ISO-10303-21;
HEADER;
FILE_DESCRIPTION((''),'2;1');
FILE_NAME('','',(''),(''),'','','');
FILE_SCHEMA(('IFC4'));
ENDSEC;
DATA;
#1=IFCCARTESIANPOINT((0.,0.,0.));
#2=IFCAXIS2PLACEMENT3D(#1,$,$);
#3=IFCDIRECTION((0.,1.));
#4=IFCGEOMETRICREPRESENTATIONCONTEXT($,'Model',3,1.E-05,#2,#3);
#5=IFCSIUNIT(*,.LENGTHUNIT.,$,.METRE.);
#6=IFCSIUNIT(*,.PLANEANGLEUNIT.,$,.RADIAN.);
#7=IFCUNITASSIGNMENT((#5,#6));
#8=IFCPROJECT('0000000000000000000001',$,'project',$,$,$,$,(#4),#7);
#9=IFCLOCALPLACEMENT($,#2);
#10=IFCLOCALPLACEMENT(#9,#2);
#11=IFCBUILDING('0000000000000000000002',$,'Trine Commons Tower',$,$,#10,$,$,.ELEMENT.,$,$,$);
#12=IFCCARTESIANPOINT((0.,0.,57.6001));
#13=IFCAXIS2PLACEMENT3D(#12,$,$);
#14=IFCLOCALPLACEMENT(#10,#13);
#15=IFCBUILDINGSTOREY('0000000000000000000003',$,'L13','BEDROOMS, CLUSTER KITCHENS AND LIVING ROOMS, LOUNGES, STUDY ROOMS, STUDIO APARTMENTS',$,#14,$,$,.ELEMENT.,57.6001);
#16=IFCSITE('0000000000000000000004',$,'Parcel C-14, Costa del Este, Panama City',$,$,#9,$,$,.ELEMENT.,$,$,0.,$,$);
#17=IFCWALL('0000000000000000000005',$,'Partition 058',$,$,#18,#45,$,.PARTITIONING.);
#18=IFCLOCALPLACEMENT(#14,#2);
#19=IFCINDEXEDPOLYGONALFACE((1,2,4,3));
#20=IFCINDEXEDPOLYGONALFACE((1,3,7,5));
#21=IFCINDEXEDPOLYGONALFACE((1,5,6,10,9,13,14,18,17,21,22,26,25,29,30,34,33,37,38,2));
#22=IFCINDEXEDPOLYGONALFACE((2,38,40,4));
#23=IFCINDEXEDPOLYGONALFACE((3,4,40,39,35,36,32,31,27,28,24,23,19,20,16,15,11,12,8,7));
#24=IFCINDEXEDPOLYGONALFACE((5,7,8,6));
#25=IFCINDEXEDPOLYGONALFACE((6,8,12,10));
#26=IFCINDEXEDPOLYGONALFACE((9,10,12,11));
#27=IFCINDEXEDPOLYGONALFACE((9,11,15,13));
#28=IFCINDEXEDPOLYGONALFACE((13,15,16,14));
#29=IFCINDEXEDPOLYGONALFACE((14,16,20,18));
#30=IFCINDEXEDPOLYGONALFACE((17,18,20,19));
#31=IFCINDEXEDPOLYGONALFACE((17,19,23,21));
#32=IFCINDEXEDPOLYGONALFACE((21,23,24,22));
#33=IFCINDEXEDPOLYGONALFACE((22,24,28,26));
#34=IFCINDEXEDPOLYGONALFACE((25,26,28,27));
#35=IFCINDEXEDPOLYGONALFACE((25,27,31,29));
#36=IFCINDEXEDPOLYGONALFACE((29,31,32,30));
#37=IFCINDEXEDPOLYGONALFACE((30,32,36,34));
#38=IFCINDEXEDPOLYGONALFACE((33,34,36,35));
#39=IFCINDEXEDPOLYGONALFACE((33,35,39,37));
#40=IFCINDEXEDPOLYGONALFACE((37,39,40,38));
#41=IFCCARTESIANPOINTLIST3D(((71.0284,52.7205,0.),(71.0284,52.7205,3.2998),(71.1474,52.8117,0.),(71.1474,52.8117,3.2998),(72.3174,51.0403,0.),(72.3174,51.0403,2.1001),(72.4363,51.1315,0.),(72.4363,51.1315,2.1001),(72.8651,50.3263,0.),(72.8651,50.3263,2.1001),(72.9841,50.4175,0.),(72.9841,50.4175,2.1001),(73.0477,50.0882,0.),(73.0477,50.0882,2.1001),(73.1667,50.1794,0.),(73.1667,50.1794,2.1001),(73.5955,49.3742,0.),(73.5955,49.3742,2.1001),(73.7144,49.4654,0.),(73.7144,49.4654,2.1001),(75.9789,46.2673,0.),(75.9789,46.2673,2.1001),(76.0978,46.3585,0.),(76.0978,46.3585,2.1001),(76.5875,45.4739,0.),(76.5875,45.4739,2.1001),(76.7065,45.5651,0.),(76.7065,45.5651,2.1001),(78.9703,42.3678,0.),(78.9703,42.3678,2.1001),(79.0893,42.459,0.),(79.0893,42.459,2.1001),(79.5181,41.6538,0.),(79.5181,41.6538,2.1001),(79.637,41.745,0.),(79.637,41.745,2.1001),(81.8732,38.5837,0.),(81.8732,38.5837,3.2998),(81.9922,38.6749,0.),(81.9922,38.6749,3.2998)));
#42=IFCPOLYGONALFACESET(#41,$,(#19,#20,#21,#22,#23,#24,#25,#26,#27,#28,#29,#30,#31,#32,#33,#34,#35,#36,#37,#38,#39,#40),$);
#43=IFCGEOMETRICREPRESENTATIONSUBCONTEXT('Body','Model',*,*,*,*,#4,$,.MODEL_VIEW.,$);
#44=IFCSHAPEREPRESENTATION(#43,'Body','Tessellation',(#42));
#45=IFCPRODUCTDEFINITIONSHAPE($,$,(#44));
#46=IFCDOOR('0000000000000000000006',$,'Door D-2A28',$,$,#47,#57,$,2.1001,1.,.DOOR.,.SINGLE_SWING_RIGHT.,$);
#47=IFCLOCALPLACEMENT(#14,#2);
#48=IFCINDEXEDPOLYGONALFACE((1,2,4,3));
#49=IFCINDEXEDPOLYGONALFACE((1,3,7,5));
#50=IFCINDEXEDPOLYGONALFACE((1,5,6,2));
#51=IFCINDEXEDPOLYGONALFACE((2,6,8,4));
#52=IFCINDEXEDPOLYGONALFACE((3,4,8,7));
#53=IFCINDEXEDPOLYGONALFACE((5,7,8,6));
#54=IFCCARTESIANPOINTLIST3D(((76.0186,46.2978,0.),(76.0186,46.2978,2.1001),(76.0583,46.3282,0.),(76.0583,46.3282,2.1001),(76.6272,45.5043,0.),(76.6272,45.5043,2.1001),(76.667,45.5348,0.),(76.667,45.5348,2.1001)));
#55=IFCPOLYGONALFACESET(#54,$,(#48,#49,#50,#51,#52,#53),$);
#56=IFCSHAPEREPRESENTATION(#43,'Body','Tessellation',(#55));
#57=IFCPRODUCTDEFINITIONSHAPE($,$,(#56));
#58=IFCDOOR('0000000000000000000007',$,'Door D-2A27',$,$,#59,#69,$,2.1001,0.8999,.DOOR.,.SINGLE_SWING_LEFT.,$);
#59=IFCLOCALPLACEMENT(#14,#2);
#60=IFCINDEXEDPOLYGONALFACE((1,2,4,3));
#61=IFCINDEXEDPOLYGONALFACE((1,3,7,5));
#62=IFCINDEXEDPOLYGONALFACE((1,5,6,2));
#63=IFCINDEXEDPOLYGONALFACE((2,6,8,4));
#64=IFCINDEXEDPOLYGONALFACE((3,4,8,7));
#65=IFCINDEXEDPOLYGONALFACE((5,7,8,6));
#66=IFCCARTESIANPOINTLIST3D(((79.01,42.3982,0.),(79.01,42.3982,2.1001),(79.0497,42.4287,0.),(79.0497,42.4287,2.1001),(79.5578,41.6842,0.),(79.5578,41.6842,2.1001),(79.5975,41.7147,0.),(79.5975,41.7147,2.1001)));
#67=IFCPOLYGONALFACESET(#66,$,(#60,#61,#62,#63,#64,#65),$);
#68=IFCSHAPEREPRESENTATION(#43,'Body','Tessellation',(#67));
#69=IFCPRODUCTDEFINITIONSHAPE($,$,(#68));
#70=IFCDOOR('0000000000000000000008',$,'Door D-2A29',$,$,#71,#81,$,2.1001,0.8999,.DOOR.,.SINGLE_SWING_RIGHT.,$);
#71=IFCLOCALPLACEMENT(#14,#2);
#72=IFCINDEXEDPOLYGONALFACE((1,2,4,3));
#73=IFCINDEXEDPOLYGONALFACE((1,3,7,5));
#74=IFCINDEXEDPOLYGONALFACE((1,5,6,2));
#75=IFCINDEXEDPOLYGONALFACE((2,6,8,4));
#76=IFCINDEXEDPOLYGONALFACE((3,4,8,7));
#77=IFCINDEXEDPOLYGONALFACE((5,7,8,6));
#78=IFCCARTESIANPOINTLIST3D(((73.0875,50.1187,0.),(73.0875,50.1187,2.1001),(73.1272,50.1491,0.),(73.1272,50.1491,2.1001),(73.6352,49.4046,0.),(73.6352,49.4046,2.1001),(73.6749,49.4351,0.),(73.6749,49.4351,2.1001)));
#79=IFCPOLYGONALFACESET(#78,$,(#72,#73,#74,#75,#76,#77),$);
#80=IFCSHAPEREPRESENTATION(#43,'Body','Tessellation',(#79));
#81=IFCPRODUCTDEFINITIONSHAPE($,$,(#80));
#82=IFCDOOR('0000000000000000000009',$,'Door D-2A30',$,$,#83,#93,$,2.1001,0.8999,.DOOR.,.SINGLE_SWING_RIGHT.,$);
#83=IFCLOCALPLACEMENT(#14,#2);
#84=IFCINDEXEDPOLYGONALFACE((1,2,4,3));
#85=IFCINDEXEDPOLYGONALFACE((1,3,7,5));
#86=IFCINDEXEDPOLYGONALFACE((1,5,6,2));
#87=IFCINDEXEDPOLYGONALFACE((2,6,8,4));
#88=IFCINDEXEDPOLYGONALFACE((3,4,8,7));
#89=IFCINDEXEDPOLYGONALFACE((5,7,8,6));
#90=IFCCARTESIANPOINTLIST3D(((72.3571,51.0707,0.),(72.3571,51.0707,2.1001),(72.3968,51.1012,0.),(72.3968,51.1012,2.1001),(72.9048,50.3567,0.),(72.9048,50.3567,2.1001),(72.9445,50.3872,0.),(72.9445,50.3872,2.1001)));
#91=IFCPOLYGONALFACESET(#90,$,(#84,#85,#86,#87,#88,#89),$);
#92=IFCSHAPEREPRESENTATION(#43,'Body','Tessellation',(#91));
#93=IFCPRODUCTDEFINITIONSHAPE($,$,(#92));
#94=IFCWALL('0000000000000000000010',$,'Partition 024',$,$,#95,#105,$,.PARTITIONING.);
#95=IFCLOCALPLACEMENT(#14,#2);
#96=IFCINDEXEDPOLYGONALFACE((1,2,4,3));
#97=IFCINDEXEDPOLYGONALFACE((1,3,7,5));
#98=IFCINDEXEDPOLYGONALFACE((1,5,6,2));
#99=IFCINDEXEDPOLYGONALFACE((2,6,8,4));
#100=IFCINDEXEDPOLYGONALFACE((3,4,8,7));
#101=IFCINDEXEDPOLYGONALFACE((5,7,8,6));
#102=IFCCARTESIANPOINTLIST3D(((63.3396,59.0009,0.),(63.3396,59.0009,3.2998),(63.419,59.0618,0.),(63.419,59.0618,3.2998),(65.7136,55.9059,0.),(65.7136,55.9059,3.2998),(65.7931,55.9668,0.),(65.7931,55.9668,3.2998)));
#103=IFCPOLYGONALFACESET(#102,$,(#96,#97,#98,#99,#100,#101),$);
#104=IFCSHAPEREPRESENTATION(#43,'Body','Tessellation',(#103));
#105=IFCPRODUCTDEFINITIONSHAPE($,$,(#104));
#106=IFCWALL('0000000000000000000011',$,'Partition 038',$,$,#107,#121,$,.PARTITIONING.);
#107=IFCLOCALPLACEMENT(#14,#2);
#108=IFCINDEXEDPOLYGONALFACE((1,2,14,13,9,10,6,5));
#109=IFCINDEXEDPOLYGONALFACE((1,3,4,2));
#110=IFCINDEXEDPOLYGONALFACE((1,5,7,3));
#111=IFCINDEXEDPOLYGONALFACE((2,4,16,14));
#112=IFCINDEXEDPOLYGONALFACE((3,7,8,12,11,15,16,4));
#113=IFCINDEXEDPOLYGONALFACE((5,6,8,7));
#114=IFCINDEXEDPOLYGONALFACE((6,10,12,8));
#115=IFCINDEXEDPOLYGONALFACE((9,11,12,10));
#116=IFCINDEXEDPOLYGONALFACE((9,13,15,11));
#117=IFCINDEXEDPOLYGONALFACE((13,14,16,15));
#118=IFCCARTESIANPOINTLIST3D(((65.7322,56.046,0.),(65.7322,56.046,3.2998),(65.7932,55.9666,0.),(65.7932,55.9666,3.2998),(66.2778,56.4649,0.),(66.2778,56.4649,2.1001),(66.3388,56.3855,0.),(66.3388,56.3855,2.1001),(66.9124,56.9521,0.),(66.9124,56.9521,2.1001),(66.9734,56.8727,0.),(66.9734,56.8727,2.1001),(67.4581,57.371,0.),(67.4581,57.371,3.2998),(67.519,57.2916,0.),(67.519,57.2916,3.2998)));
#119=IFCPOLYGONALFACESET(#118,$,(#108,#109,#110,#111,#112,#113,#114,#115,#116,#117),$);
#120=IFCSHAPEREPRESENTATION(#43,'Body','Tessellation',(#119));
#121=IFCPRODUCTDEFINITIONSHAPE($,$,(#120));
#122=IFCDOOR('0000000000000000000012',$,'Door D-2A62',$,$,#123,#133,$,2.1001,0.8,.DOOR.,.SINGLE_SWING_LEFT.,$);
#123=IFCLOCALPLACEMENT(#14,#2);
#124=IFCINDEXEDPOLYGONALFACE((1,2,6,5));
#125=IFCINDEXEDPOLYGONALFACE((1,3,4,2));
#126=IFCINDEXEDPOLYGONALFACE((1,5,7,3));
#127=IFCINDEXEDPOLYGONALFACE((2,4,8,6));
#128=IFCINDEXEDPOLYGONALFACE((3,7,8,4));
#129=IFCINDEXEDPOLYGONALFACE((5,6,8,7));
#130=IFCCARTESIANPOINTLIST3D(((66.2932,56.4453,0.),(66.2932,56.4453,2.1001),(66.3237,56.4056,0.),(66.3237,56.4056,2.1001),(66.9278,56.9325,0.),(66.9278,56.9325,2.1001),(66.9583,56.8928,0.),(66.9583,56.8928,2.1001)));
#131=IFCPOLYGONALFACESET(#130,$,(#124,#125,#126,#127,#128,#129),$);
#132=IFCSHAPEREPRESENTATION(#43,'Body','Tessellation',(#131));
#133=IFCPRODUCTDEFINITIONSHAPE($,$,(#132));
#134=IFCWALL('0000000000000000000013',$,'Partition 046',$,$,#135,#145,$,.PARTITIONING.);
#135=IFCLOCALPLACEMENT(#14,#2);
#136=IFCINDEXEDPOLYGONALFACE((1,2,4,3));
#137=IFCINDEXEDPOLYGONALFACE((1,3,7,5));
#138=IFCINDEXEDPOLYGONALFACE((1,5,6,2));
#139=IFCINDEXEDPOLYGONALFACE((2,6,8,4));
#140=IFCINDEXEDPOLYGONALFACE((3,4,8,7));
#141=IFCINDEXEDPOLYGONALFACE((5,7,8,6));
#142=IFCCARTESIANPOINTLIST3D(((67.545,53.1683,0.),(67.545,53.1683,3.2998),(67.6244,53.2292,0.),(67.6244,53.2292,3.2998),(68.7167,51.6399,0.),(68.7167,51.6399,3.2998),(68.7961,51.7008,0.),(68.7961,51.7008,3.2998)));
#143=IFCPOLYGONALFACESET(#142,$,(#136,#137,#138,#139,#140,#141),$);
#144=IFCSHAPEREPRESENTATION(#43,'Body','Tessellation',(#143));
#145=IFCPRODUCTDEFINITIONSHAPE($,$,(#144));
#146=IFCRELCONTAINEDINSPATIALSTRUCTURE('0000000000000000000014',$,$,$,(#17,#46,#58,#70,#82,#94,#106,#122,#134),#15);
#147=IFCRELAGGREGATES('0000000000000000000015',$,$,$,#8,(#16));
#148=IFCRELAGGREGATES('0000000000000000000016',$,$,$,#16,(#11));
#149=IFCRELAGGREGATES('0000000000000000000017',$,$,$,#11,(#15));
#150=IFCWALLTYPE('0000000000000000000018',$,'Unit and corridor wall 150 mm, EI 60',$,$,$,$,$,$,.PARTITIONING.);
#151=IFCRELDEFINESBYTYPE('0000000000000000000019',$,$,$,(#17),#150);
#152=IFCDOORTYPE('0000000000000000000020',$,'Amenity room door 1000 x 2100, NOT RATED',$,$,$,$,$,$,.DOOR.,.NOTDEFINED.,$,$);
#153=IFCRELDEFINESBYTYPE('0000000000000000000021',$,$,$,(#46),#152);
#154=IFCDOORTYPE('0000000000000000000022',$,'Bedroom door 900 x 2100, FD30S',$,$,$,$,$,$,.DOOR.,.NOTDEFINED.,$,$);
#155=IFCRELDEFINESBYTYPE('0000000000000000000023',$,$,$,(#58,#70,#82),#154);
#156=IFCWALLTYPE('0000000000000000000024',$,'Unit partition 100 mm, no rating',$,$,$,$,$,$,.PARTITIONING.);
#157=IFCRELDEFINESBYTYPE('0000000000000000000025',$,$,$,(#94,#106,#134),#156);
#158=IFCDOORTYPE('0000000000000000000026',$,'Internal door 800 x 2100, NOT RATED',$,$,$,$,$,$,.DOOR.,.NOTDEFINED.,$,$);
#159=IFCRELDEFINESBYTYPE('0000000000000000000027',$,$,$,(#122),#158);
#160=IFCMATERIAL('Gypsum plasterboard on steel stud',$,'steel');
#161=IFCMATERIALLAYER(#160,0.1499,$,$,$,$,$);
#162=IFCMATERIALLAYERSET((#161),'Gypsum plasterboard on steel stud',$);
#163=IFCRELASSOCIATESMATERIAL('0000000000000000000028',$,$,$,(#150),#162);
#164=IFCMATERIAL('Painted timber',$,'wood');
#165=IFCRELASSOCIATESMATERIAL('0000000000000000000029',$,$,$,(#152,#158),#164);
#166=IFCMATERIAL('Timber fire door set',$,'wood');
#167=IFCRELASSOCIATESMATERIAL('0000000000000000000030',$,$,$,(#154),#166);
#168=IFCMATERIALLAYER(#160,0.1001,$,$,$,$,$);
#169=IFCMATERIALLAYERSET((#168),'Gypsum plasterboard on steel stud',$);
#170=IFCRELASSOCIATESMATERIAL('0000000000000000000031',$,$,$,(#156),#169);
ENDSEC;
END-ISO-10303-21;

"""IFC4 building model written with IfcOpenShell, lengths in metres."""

from ifc_helpers import new_model, si_unit, direction, frame, frame_2d, origin, place, context, subcontext, project, spatial, rectangle, extrude, material, layer, layer_set, type_object, element, fill, save


model = new_model("IFC4")

# Units and contexts
model_context = context("Model", 3, precision=1e-05, world=origin(), true_north=direction((0.0, 1.0)))
body_context = subcontext(model_context, "Body", "Model", "MODEL_VIEW")
ifc_project = project(units=[si_unit("LENGTHUNIT", "METRE"), si_unit("PLANEANGLEUNIT", "RADIAN")], contexts=[model_context])

# Site, building, storey
site_placement = place(None, origin())
site = spatial("IfcSite", under=ifc_project, at=site_placement, Name="Parcel C-14, Costa del Este, Panama City", CompositionType="ELEMENT", RefElevation=0.0)
building_placement = place(site_placement, origin())
building = spatial("IfcBuilding", under=site, at=building_placement, Name="Trine Commons Tower", CompositionType="ELEMENT")
storey_placement = place(building_placement, frame((0.0, 0.0, 57.6001)))
storey = spatial("IfcBuildingStorey", under=building, at=storey_placement, Name="L13", Description="BEDROOMS, CLUSTER KITCHENS AND LIVING ROOMS, LOUNGES, STUDY ROOMS, STUDIO APARTMENTS", CompositionType="ELEMENT", Elevation=57.6001)

# Shared definitions
ifc_material_1 = material(Name="Gypsum plasterboard on steel stud", Category="steel")
ifc_layer_1 = layer(ifc_material_1, 0.1499)
ifc_layer_set_1 = layer_set([ifc_layer_1], Name="Gypsum plasterboard on steel stud")
wall_type_1 = type_object("IfcWallType", Name="Unit and corridor wall 150 mm, EI 60", PredefinedType="PARTITIONING", material=ifc_layer_set_1)

# Wall, openings, doors
wall_1_placement = place(storey_placement, frame((71.0879, 52.7661, 0.0), z_axis=(0.0, 0.0, 1.0), x_axis=(0.608664, -0.793428, 0.0)))
wall_1 = element("IfcWall", 1, at=wall_1_placement, inside=storey, type_object=wall_type_1, Name="Partition 058", PredefinedType="PARTITIONING", context=body_context, shape_type="SweptSolid", body=[
    extrude(rectangle(XDim=17.8174, YDim=0.1499, at=frame_2d((8.9087, 0.0))), origin(), (0.0, 0.0, 1.0), 3.2998),
])
opening_1_placement = place(wall_1_placement, frame((13.0481, 0.0, 0.0)))
opening_1 = element("IfcOpeningElement", 2, at=opening_1_placement, cuts=wall_1, PredefinedType="OPENING", context=body_context, shape_type="SweptSolid", body=[
    extrude(rectangle(XDim=0.8999, YDim=2.1001, at=frame_2d((0.45, 1.05))), frame((0.0, 0.085, 0.0), z_axis=(0.0, -1.0, 0.0), x_axis=(1.0, 0.0, 0.0)), (0.0, 0.0, 1.0), 0.1699),
])
opening_2_placement = place(wall_1_placement, frame((8.1333, 0.0, 0.0)))
opening_2 = element("IfcOpeningElement", 3, at=opening_2_placement, cuts=wall_1, PredefinedType="OPENING", context=body_context, shape_type="SweptSolid", body=[
    extrude(rectangle(XDim=1.0, YDim=2.1001, at=frame_2d((0.5, 1.05))), frame((0.0, 0.085, 0.0), z_axis=(0.0, -1.0, 0.0), x_axis=(1.0, 0.0, 0.0)), (0.0, 0.0, 1.0), 0.1699),
])
opening_3_placement = place(wall_1_placement, frame((3.3176, 0.0, 0.0)))
opening_3 = element("IfcOpeningElement", 4, at=opening_3_placement, cuts=wall_1, PredefinedType="OPENING", context=body_context, shape_type="SweptSolid", body=[
    extrude(rectangle(XDim=0.8999, YDim=2.1001, at=frame_2d((0.45, 1.05))), frame((0.0, 0.085, 0.0), z_axis=(0.0, -1.0, 0.0), x_axis=(1.0, 0.0, 0.0)), (0.0, 0.0, 1.0), 0.1699),
])
opening_4_placement = place(wall_1_placement, frame((2.1177, 0.0, 0.0)))
opening_4 = element("IfcOpeningElement", 5, at=opening_4_placement, cuts=wall_1, PredefinedType="OPENING", context=body_context, shape_type="SweptSolid", body=[
    extrude(rectangle(XDim=0.8999, YDim=2.1001, at=frame_2d((0.45, 1.05))), frame((0.0, 0.085, 0.0), z_axis=(0.0, -1.0, 0.0), x_axis=(1.0, 0.0, 0.0)), (0.0, 0.0, 1.0), 0.1699),
])
ifc_material_2 = material(Name="Painted timber", Category="wood")
door_type_1 = type_object("IfcDoorType", Name="Amenity room door 1000 x 2100, NOT RATED", OperationType="NOTDEFINED", PredefinedType="DOOR", material=ifc_material_2)
door_1_placement = place(opening_2_placement, frame((1.0, 0.0, 0.0), z_axis=(0.0, 0.0, 1.0), x_axis=(-1.0, 0.0, 0.0)))
door_1 = element("IfcDoor", 6, at=door_1_placement, inside=storey, type_object=door_type_1, Name="Door D-2A28", OperationType="SINGLE_SWING_RIGHT", OverallHeight=2.1001, OverallWidth=1.0, PredefinedType="DOOR", context=body_context, shape_type="SweptSolid", body=[
    extrude(rectangle(XDim=1.0, YDim=2.1001, at=frame_2d((0.5, 1.05))), frame((0.0, 0.0249, 0.0), z_axis=(0.0, -1.0, 0.0), x_axis=(1.0, 0.0, 0.0)), (0.0, 0.0, 1.0), 0.05),
])
fill(opening_2, door_1)
ifc_material_3 = material(Name="Timber fire door set", Category="wood")
door_type_2 = type_object("IfcDoorType", Name="Bedroom door 900 x 2100, FD30S", OperationType="NOTDEFINED", PredefinedType="DOOR", material=ifc_material_3)
door_2_placement = place(opening_1_placement, frame((0.8999, 0.0, 0.0), z_axis=(0.0, 0.0, 1.0), x_axis=(-1.0, 0.0, 0.0)))
door_2 = element("IfcDoor", 7, at=door_2_placement, inside=storey, type_object=door_type_2, Name="Door D-2A27", OperationType="SINGLE_SWING_LEFT", OverallHeight=2.1001, OverallWidth=0.8999, PredefinedType="DOOR", context=body_context, shape_type="SweptSolid", body=[
    extrude(rectangle(XDim=0.8999, YDim=2.1001, at=frame_2d((0.45, 1.05))), frame((0.0, 0.0249, 0.0), z_axis=(0.0, -1.0, 0.0), x_axis=(1.0, 0.0, 0.0)), (0.0, 0.0, 1.0), 0.05),
])
fill(opening_1, door_2)
door_3_placement = place(opening_3_placement, frame((0.8999, 0.0, 0.0), z_axis=(0.0, 0.0, 1.0), x_axis=(-1.0, 0.0, 0.0)))
door_3 = element("IfcDoor", 8, at=door_3_placement, inside=storey, type_object=door_type_2, Name="Door D-2A29", OperationType="SINGLE_SWING_RIGHT", OverallHeight=2.1001, OverallWidth=0.8999, PredefinedType="DOOR", context=body_context, shape_type="SweptSolid", body=[
    extrude(rectangle(XDim=0.8999, YDim=2.1001, at=frame_2d((0.45, 1.05))), frame((0.0, 0.0249, 0.0), z_axis=(0.0, -1.0, 0.0), x_axis=(1.0, 0.0, 0.0)), (0.0, 0.0, 1.0), 0.05),
])
fill(opening_3, door_3)
door_4_placement = place(opening_4_placement, frame((0.8999, 0.0, 0.0), z_axis=(0.0, 0.0, 1.0), x_axis=(-1.0, 0.0, 0.0)))
door_4 = element("IfcDoor", 9, at=door_4_placement, inside=storey, type_object=door_type_2, Name="Door D-2A30", OperationType="SINGLE_SWING_RIGHT", OverallHeight=2.1001, OverallWidth=0.8999, PredefinedType="DOOR", context=body_context, shape_type="SweptSolid", body=[
    extrude(rectangle(XDim=0.8999, YDim=2.1001, at=frame_2d((0.45, 1.05))), frame((0.0, 0.0249, 0.0), z_axis=(0.0, -1.0, 0.0), x_axis=(1.0, 0.0, 0.0)), (0.0, 0.0, 1.0), 0.05),
])
fill(opening_4, door_4)

# Wall
ifc_layer_2 = layer(ifc_material_1, 0.1001)
ifc_layer_set_2 = layer_set([ifc_layer_2], Name="Gypsum plasterboard on steel stud")
wall_type_2 = type_object("IfcWallType", Name="Unit partition 100 mm, no rating", PredefinedType="PARTITIONING", material=ifc_layer_set_2)
wall_2_placement = place(storey_placement, frame((63.3794, 59.0312, 0.0), z_axis=(0.0, 0.0, 1.0), x_axis=(0.608627, -0.793456, 0.0)))
element("IfcWall", 10, at=wall_2_placement, inside=storey, type_object=wall_type_2, Name="Partition 024", PredefinedType="PARTITIONING", context=body_context, shape_type="SweptSolid", body=[
    extrude(rectangle(XDim=3.9006, YDim=0.1001, at=frame_2d((1.9502, 0.0))), origin(), (0.0, 0.0, 1.0), 3.2998),
])

# Wall, opening, door
wall_3_placement = place(storey_placement, frame((65.7627, 56.0063, 0.0), z_axis=(0.0, 0.0, 1.0), x_axis=(0.793203, 0.608957, 0.0)))
wall_3 = element("IfcWall", 11, at=wall_3_placement, inside=storey, type_object=wall_type_2, Name="Partition 038", PredefinedType="PARTITIONING", context=body_context, shape_type="SweptSolid", body=[
    extrude(rectangle(XDim=2.1758, YDim=0.1001, at=frame_2d((1.0879, 0.0))), origin(), (0.0, 0.0, 1.0), 3.2998),
])
opening_5_placement = place(wall_3_placement, frame((0.688, 0.0, 0.0)))
opening_5 = element("IfcOpeningElement", 12, at=opening_5_placement, cuts=wall_3, PredefinedType="OPENING", context=body_context, shape_type="SweptSolid", body=[
    extrude(rectangle(XDim=0.8, YDim=2.1001, at=frame_2d((0.3999, 1.05))), frame((0.0, 0.0601, 0.0), z_axis=(0.0, -1.0, 0.0), x_axis=(1.0, 0.0, 0.0)), (0.0, 0.0, 1.0), 0.1201),
])
door_type_3 = type_object("IfcDoorType", Name="Internal door 800 x 2100, NOT RATED", OperationType="NOTDEFINED", PredefinedType="DOOR", material=ifc_material_2)
door_5_placement = place(opening_5_placement, frame((0.8, 0.0, 0.0), z_axis=(0.0, 0.0, 1.0), x_axis=(-1.0, 0.0, 0.0)))
door_5 = element("IfcDoor", 13, at=door_5_placement, inside=storey, type_object=door_type_3, Name="Door D-2A62", OperationType="SINGLE_SWING_LEFT", OverallHeight=2.1001, OverallWidth=0.8, PredefinedType="DOOR", context=body_context, shape_type="SweptSolid", body=[
    extrude(rectangle(XDim=0.8, YDim=2.1001, at=frame_2d((0.3999, 1.05))), frame((0.0, 0.0249, 0.0), z_axis=(0.0, -1.0, 0.0), x_axis=(1.0, 0.0, 0.0)), (0.0, 0.0, 1.0), 0.05),
])
fill(opening_5, door_5)

# Wall
wall_4_placement = place(storey_placement, frame((67.5847, 53.1987, 0.0), z_axis=(0.0, 0.0, 1.0), x_axis=(0.608405, -0.793627, 0.0)))
element("IfcWall", 14, at=wall_4_placement, inside=storey, type_object=wall_type_2, Name="Partition 046", PredefinedType="PARTITIONING", context=body_context, shape_type="SweptSolid", body=[
    extrude(rectangle(XDim=1.9258, YDim=0.1001, at=frame_2d((0.9629, 0.0))), origin(), (0.0, 0.0, 1.0), 3.2998),
])

save(model, "model.ifc")
